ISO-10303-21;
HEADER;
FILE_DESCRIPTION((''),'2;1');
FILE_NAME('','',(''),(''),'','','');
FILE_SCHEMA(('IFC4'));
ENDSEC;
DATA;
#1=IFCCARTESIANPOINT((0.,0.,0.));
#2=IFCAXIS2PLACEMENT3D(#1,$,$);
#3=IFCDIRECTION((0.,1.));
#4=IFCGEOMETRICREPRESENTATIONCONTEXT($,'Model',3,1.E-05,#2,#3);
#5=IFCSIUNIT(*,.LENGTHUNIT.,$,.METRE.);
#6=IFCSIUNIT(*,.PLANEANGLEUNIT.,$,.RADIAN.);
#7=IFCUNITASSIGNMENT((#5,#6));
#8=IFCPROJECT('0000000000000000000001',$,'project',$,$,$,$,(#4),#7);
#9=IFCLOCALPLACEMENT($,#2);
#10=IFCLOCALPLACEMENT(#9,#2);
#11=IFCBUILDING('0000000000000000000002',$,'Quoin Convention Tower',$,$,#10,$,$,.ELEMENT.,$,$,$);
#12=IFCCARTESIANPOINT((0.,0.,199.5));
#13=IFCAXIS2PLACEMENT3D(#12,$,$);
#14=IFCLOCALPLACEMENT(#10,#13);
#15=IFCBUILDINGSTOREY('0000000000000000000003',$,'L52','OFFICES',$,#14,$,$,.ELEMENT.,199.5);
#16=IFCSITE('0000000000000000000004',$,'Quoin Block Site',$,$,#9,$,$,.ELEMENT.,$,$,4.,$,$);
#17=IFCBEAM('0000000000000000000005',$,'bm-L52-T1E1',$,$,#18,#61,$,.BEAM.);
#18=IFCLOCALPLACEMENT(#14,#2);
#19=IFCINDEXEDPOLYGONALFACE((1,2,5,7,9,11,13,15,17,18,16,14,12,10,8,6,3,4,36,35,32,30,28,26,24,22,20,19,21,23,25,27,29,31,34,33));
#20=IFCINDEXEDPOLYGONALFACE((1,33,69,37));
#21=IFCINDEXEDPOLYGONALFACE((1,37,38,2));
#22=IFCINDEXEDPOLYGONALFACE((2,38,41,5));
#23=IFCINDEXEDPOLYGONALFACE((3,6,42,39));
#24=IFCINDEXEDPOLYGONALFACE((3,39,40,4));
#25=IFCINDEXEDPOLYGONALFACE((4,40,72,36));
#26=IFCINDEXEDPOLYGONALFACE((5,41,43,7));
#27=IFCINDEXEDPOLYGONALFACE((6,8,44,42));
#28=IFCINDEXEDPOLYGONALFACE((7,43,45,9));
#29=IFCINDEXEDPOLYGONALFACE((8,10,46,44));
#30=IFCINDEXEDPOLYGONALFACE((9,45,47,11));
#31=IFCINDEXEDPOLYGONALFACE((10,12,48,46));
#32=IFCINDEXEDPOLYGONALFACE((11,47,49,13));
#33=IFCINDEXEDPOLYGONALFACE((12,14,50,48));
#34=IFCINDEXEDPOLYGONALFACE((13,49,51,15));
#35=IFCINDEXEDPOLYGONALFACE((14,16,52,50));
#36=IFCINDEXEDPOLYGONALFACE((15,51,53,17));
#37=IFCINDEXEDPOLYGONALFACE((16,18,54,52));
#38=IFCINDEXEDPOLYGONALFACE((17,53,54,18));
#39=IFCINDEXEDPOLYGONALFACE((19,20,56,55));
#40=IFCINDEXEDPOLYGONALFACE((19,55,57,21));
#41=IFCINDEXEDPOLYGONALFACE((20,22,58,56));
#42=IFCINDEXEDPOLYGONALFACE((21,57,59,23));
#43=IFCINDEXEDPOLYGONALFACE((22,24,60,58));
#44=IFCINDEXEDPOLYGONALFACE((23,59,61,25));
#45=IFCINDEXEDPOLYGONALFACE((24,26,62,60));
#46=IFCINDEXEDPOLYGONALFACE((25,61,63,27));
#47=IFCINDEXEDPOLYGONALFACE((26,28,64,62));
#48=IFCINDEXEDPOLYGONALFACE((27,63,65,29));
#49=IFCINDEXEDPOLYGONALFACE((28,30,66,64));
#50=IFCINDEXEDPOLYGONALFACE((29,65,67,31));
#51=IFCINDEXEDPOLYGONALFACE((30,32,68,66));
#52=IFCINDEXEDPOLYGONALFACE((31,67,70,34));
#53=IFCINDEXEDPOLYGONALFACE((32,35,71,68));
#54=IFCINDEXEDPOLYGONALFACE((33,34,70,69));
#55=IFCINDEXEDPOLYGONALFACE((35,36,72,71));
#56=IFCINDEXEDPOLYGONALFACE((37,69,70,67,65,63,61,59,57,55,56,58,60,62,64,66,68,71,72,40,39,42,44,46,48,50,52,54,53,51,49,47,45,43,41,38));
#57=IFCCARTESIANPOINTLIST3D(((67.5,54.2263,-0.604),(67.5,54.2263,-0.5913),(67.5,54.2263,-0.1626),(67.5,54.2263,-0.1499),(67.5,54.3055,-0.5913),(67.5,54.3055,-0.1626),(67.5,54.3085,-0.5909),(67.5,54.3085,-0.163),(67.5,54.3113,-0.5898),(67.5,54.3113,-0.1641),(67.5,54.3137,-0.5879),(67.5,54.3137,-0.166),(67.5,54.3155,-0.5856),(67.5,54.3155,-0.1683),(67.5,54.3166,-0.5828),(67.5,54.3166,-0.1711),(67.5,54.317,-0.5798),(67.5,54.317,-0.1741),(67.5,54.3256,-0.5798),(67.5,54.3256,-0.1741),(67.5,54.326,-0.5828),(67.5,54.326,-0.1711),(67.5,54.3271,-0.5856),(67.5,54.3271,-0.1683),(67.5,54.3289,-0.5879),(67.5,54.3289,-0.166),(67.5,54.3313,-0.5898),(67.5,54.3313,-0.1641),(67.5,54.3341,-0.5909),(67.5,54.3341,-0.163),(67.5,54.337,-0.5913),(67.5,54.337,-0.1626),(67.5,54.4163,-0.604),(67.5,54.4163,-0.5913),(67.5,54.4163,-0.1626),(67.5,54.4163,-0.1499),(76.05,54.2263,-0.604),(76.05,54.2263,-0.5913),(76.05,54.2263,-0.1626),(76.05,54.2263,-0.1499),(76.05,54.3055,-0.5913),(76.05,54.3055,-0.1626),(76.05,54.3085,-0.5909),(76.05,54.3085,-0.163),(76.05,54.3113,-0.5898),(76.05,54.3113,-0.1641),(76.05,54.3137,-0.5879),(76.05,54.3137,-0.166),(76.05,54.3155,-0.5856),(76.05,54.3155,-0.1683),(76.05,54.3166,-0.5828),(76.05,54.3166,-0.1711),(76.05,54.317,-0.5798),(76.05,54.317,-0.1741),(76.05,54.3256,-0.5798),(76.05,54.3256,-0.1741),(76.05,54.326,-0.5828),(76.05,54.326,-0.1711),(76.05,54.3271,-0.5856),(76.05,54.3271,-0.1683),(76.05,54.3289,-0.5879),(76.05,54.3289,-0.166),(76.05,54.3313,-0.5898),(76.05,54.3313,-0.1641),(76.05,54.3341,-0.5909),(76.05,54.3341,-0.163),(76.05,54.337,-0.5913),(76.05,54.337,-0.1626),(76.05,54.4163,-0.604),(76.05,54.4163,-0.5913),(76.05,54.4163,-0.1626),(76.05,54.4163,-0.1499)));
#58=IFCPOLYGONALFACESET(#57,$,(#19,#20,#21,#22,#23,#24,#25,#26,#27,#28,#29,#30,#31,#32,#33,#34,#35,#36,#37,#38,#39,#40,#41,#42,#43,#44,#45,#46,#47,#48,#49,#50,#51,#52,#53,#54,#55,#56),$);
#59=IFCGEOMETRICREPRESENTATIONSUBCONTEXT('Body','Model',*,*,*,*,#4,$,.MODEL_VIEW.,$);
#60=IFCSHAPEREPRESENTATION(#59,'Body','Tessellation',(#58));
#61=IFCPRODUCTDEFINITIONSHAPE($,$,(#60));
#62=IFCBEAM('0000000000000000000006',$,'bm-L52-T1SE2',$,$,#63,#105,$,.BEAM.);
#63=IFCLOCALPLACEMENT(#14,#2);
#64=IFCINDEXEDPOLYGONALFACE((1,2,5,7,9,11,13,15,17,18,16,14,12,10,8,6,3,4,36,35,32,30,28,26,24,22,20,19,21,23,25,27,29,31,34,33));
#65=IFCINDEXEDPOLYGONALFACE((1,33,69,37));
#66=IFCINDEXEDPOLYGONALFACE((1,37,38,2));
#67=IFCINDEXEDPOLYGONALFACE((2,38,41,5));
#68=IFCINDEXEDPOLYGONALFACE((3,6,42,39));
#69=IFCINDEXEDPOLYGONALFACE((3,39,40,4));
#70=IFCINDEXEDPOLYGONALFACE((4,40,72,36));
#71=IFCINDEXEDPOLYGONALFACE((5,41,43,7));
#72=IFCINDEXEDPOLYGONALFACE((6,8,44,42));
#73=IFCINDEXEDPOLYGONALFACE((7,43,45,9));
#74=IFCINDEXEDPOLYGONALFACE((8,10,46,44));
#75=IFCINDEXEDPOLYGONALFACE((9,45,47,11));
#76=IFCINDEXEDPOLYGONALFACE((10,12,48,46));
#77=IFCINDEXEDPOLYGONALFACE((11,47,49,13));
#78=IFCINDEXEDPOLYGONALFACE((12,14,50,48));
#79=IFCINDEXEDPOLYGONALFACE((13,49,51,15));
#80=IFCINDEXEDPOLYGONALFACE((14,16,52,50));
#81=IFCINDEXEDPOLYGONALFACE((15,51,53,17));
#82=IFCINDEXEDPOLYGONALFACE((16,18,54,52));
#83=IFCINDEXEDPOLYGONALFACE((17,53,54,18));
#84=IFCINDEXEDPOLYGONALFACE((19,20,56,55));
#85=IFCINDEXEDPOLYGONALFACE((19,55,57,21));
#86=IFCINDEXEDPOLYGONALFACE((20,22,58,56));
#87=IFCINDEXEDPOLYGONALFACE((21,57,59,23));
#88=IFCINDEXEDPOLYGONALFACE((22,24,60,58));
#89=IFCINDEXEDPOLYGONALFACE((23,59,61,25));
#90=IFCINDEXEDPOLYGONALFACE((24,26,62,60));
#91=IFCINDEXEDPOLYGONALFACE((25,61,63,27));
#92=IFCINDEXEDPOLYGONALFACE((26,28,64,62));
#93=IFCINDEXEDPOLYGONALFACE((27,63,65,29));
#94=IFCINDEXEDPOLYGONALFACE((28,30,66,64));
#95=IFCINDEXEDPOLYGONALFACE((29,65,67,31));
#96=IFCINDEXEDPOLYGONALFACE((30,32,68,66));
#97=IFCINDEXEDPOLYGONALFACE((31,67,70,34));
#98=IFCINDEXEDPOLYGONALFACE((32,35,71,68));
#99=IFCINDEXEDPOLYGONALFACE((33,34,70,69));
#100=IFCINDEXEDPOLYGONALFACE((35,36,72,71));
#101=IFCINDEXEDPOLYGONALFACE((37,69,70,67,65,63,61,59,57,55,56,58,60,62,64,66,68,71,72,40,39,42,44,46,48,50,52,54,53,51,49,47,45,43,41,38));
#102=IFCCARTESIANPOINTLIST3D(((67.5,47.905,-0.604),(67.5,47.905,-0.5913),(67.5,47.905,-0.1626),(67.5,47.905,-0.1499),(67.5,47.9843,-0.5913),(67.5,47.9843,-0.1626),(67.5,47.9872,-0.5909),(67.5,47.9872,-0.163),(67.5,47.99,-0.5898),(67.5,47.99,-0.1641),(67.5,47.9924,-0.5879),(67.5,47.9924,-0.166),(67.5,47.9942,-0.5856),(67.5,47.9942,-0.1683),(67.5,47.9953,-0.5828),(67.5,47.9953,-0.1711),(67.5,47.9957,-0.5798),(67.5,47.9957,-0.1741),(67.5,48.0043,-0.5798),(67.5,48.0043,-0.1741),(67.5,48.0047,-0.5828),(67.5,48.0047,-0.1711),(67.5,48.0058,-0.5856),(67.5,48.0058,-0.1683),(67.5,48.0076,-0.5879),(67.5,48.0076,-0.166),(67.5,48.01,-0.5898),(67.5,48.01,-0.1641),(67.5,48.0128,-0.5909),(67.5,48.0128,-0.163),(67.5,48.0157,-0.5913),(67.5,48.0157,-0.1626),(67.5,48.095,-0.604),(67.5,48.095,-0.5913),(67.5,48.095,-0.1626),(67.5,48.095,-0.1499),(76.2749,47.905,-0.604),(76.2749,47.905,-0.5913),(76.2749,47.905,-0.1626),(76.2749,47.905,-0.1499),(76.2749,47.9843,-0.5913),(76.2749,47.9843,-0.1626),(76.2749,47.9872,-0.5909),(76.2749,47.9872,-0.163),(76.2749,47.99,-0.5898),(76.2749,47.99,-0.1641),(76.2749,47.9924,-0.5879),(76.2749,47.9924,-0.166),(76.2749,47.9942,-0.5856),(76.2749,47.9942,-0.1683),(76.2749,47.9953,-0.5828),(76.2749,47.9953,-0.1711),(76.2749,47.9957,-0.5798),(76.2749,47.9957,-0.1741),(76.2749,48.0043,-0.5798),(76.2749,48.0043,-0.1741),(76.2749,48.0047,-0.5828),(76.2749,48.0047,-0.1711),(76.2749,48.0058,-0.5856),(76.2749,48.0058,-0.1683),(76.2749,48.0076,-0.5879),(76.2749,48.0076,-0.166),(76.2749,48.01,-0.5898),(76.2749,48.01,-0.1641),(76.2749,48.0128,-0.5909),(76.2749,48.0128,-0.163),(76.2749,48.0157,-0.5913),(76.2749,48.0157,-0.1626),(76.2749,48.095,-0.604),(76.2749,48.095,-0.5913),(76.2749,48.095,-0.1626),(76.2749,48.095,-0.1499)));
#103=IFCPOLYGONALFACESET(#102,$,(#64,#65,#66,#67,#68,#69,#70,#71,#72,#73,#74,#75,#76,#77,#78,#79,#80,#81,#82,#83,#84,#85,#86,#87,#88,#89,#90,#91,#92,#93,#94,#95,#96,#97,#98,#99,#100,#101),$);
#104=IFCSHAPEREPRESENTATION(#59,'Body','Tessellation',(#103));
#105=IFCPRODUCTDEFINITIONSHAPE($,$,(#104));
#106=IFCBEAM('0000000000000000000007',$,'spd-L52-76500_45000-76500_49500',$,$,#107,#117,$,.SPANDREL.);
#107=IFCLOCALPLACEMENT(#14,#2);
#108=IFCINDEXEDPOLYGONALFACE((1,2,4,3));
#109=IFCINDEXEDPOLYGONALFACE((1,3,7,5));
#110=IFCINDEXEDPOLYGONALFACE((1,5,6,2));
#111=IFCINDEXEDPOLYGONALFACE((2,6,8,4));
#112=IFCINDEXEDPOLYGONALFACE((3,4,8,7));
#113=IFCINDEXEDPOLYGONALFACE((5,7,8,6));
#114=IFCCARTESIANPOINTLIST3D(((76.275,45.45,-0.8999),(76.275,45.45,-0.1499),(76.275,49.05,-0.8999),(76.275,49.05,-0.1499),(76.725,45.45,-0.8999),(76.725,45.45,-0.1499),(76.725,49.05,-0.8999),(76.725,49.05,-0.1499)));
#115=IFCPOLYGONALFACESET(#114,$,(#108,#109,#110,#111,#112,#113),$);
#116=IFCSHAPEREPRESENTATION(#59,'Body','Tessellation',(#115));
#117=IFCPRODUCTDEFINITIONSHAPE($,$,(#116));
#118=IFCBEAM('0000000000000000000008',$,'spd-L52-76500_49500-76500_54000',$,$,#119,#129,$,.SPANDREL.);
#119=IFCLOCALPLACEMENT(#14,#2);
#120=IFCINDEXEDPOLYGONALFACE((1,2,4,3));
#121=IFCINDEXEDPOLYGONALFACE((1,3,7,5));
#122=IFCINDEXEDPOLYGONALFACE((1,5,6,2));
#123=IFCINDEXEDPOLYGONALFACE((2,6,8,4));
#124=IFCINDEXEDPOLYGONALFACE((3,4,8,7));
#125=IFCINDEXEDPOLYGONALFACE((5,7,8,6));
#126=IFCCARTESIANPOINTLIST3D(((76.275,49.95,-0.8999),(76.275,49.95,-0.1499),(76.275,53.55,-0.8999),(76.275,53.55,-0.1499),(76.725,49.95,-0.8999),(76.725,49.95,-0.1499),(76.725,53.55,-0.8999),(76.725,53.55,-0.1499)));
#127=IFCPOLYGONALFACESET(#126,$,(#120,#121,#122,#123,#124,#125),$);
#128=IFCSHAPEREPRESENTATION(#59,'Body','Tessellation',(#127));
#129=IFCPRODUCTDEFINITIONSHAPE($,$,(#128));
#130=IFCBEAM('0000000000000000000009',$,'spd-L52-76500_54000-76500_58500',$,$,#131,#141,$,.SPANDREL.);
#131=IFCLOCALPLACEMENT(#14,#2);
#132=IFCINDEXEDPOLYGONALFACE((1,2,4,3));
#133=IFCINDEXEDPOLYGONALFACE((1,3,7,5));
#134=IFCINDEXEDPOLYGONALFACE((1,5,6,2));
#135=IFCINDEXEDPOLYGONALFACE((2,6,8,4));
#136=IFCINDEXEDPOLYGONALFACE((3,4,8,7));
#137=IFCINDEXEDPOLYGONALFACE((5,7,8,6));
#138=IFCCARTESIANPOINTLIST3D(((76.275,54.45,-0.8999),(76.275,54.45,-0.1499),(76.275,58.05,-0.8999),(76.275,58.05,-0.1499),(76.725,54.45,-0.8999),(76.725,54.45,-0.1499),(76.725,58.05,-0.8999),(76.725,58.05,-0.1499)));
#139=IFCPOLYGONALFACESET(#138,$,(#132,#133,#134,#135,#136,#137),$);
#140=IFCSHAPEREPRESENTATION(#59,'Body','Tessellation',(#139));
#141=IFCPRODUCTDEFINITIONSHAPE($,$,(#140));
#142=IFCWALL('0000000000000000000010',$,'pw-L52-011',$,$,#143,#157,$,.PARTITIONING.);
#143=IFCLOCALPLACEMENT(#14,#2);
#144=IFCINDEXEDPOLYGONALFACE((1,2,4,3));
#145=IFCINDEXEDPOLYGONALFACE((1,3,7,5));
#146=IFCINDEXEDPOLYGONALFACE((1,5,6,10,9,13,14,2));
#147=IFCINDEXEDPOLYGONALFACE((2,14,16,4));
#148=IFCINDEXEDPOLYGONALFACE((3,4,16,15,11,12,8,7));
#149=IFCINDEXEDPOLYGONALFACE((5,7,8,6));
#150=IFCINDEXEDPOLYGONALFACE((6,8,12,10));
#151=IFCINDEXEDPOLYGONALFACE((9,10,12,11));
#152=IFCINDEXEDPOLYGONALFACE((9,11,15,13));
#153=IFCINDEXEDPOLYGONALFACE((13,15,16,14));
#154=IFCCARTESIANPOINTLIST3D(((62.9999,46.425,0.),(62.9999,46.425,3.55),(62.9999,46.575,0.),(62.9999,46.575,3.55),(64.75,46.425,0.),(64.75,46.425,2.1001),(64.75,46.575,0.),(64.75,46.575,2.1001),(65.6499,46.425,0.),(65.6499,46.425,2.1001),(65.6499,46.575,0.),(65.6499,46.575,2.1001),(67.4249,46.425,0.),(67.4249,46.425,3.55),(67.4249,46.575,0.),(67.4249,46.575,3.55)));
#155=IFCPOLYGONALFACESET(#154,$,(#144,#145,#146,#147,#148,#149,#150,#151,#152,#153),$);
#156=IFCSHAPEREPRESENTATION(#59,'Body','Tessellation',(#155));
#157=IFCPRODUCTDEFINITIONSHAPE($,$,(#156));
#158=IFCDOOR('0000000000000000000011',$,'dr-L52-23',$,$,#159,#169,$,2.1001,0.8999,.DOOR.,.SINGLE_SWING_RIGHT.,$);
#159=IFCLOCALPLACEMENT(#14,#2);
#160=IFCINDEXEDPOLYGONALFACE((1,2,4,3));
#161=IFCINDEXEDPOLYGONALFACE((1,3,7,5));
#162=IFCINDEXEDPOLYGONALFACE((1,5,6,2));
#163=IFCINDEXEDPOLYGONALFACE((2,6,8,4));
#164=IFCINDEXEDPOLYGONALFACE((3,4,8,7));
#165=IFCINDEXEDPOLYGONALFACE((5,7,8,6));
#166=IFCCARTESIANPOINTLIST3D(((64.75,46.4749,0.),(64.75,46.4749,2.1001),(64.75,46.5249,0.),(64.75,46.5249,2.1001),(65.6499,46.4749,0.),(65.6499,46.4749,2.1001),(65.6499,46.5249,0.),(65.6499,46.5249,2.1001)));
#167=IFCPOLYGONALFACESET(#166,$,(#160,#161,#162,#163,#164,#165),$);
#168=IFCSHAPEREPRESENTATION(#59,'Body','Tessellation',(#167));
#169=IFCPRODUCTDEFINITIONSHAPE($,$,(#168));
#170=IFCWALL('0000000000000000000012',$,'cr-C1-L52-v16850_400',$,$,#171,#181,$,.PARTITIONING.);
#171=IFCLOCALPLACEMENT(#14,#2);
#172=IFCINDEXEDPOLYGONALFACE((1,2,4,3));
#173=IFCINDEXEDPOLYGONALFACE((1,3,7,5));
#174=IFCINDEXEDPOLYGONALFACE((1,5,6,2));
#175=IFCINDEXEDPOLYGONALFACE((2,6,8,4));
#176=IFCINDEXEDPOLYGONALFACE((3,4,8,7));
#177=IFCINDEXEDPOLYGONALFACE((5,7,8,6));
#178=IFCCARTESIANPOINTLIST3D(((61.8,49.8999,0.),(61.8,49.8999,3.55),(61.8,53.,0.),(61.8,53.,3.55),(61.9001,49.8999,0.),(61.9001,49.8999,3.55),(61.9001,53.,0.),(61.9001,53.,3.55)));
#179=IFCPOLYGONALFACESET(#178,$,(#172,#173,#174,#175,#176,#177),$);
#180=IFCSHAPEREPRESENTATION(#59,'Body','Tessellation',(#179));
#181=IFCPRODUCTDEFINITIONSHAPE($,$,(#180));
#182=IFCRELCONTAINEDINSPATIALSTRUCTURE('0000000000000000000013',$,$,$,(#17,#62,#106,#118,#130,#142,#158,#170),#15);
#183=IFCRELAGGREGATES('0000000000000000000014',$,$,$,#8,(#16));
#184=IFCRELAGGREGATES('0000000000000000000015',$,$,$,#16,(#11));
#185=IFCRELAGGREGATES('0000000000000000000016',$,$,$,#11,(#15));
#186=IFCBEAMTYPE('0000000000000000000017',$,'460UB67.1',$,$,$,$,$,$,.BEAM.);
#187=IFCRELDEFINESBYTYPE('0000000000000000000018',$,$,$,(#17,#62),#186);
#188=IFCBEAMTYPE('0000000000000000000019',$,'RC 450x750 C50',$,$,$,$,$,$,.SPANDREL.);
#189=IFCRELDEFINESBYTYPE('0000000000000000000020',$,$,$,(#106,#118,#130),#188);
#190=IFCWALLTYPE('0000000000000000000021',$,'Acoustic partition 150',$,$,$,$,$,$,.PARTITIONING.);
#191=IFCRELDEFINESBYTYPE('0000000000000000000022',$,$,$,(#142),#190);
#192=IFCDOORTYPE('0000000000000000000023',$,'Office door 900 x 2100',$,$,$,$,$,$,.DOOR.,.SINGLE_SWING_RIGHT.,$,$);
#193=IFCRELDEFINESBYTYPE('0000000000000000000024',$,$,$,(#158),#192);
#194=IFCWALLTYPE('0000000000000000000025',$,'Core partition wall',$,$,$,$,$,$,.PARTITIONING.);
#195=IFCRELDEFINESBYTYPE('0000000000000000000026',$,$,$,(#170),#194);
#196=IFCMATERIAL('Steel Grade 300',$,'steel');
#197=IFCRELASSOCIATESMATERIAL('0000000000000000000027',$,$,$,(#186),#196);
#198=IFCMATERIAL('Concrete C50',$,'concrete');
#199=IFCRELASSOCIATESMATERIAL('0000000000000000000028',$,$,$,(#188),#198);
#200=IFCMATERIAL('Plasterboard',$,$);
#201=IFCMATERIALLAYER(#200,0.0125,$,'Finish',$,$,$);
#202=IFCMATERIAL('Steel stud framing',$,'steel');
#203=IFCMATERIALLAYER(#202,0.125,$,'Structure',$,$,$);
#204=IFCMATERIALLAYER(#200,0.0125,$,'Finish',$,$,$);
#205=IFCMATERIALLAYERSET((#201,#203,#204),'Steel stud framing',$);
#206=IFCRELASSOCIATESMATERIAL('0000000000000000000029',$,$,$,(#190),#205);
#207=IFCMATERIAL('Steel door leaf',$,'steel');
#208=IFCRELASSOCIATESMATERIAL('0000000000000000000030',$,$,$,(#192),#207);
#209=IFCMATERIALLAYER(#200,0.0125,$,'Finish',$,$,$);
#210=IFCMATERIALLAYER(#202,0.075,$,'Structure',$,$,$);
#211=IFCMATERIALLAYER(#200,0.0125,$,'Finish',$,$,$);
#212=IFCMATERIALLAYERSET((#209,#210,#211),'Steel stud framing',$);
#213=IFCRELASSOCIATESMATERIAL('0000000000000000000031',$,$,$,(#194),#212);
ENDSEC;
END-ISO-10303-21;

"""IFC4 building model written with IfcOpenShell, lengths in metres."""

from ifc_helpers import new_model, si_unit, direction, frame, frame_2d, origin, origin_2d, place, context, subcontext, project, spatial, rectangle, i_section, extrude, material, layer, layer_set, material_profile, profile_set, type_object, element, fill, save


model = new_model("IFC4")

# Units and contexts
model_context = context("Model", 3, precision=1e-05, world=origin(), true_north=direction((0.0, 1.0)))
body_context = subcontext(model_context, "Body", "Model", "MODEL_VIEW")
ifc_project = project(units=[si_unit("LENGTHUNIT", "METRE"), si_unit("PLANEANGLEUNIT", "RADIAN")], contexts=[model_context])

# Site, building, storey
site_placement = place(None, origin())
site = spatial("IfcSite", under=ifc_project, at=site_placement, Name="Quoin Block Site", CompositionType="ELEMENT", RefElevation=4.0)
building_placement = place(site_placement, origin())
building = spatial("IfcBuilding", under=site, at=building_placement, Name="Quoin Convention Tower", CompositionType="ELEMENT")
storey_placement = place(building_placement, frame((0.0, 0.0, 199.5)))
storey = spatial("IfcBuildingStorey", under=building, at=storey_placement, Name="L52", Description="OFFICES", CompositionType="ELEMENT", Elevation=199.5)

# Shared definitions
ifc_material_1 = material(Name="Concrete C50", Category="concrete")

# Beams
ifc_material_2 = material(Name="Steel Grade 300", Category="steel")
ifc_material_profile_1 = material_profile(ifc_material_2, i_section(OverallWidth=0.1899, OverallDepth=0.4541, WebThickness=0.0085, FlangeThickness=0.0127, FilletRadius=0.0115, at=origin_2d()), Name="460UB67.1")
ifc_profile_set_1 = profile_set([ifc_material_profile_1], Name="Steel Grade 300")
beam_type_1 = type_object("IfcBeamType", Name="460UB67.1", PredefinedType="BEAM", material=ifc_profile_set_1)
beam_1_placement = place(storey_placement, frame((67.5, 54.3213, -0.377), z_axis=(1.0, 0.0, 0.0), x_axis=(0.0, 1.0, 0.0)))
element("IfcBeam", 1, at=beam_1_placement, inside=storey, type_object=beam_type_1, Name="bm-L52-T1E1", PredefinedType="BEAM", context=body_context, shape_type="SweptSolid", body=[
    extrude(i_section(OverallWidth=0.1899, OverallDepth=0.4541, WebThickness=0.0085, FlangeThickness=0.0127, FilletRadius=0.0115, at=origin_2d()), origin(), (0.0, 0.0, 1.0), 8.55),
])
beam_2_placement = place(storey_placement, frame((67.5, 48.0, -0.377), z_axis=(1.0, 0.0, 0.0), x_axis=(0.0, 1.0, 0.0)))
element("IfcBeam", 2, at=beam_2_placement, inside=storey, type_object=beam_type_1, Name="bm-L52-T1SE2", PredefinedType="BEAM", context=body_context, shape_type="SweptSolid", body=[
    extrude(i_section(OverallWidth=0.1899, OverallDepth=0.4541, WebThickness=0.0085, FlangeThickness=0.0127, FilletRadius=0.0115, at=origin_2d()), origin(), (0.0, 0.0, 1.0), 8.7749),
])
ifc_material_profile_2 = material_profile(ifc_material_1, rectangle(XDim=0.45, YDim=0.75, at=origin_2d()), Name="RC 450x750")
ifc_profile_set_2 = profile_set([ifc_material_profile_2], Name="Concrete C50")
beam_type_2 = type_object("IfcBeamType", Name="RC 450x750 C50", PredefinedType="SPANDREL", material=ifc_profile_set_2)
for number, where, z_axis, x_axis, name in (
    (3, (76.5, 45.45, -0.5249), (0.0, 1.0, 0.0), (-1.0, 0.0, 0.0), "spd-L52-76500_45000-76500_49500"),
    (4, (76.5, 49.95, -0.5249), (0.0, 1.0, 0.0), (-1.0, 0.0, 0.0), "spd-L52-76500_49500-76500_54000"),
    (5, (76.5, 54.45, -0.5249), (0.0, 1.0, 0.0), (-1.0, 0.0, 0.0), "spd-L52-76500_54000-76500_58500"),
):
    element("IfcBeam", number, at=place(storey_placement, frame(where, z_axis=z_axis, x_axis=x_axis)), inside=storey, type_object=beam_type_2, Name=name, PredefinedType="SPANDREL", context=body_context, shape_type="SweptSolid", body=[
        extrude(rectangle(XDim=0.45, YDim=0.75, at=origin_2d()), origin(), (0.0, 0.0, 1.0), 3.6001),
    ])

# Wall, opening, door
ifc_material_3 = material(Name="Plasterboard")
ifc_layer_1 = layer(ifc_material_3, 0.0125, Name="Finish")
ifc_material_4 = material(Name="Steel stud framing", Category="steel")
ifc_layer_2 = layer(ifc_material_4, 0.125, Name="Structure")
ifc_layer_3 = layer(ifc_material_3, 0.0125, Name="Finish")
ifc_layer_set_1 = layer_set([ifc_layer_1, ifc_layer_2, ifc_layer_3], Name="Steel stud framing")
wall_type_1 = type_object("IfcWallType", Name="Acoustic partition 150", PredefinedType="PARTITIONING", material=ifc_layer_set_1)
wall_1_placement = place(storey_placement, frame((63.0, 46.5, 0.0), z_axis=(0.0, 0.0, 1.0), x_axis=(1.0, 0.0, 0.0)))
wall_1 = element("IfcWall", 6, at=wall_1_placement, inside=storey, type_object=wall_type_1, Name="pw-L52-011", PredefinedType="PARTITIONING", context=body_context, shape_type="SweptSolid", body=[
    extrude(rectangle(XDim=4.425, YDim=0.1499, at=frame_2d((2.2124, 0.0))), origin(), (0.0, 0.0, 1.0), 3.55),
])
opening_1_placement = place(wall_1_placement, frame((1.75, 0.0, 0.0)))
opening_1 = element("IfcOpeningElement", 7, at=opening_1_placement, cuts=wall_1, PredefinedType="OPENING", context=body_context, shape_type="SweptSolid", body=[
    extrude(rectangle(XDim=0.8999, YDim=2.1001, at=frame_2d((0.45, 1.05))), frame((0.0, 0.085, 0.0), z_axis=(0.0, -1.0, 0.0), x_axis=(1.0, 0.0, 0.0)), (0.0, 0.0, 1.0), 0.1699),
])
ifc_material_5 = material(Name="Steel door leaf", Category="steel")
door_type_1 = type_object("IfcDoorType", Name="Office door 900 x 2100", OperationType="SINGLE_SWING_RIGHT", PredefinedType="DOOR", material=ifc_material_5)
door_1_placement = place(opening_1_placement, origin())
door_1 = element("IfcDoor", 8, at=door_1_placement, inside=storey, type_object=door_type_1, Name="dr-L52-23", OperationType="SINGLE_SWING_RIGHT", OverallHeight=2.1001, OverallWidth=0.8999, PredefinedType="DOOR", context=body_context, shape_type="SweptSolid", body=[
    extrude(rectangle(XDim=0.8999, YDim=2.1001, at=frame_2d((0.45, 1.05))), frame((0.0, 0.0249, 0.0), z_axis=(0.0, -1.0, 0.0), x_axis=(1.0, 0.0, 0.0)), (0.0, 0.0, 1.0), 0.05),
])
fill(opening_1, door_1)

# Wall
ifc_layer_4 = layer(ifc_material_3, 0.0125, Name="Finish")
ifc_layer_5 = layer(ifc_material_4, 0.075, Name="Structure")
ifc_layer_6 = layer(ifc_material_3, 0.0125, Name="Finish")
ifc_layer_set_2 = layer_set([ifc_layer_4, ifc_layer_5, ifc_layer_6], Name="Steel stud framing")
wall_type_2 = type_object("IfcWallType", Name="Core partition wall", PredefinedType="PARTITIONING", material=ifc_layer_set_2)
for number, where, z_axis, x_axis, name in (
    (9, (61.8501, 49.8999, 0.0), (0.0, 0.0, 1.0), (0.0, 1.0, 0.0), "cr-C1-L52-v16850_400"),
):
    element("IfcWall", number, at=place(storey_placement, frame(where, z_axis=z_axis, x_axis=x_axis)), inside=storey, type_object=wall_type_2, Name=name, PredefinedType="PARTITIONING", context=body_context, shape_type="SweptSolid", body=[
        extrude(rectangle(XDim=3.1001, YDim=0.1001, at=frame_2d((1.55, 0.0))), origin(), (0.0, 0.0, 1.0), 3.55),
    ])

save(model, "model.ifc")
